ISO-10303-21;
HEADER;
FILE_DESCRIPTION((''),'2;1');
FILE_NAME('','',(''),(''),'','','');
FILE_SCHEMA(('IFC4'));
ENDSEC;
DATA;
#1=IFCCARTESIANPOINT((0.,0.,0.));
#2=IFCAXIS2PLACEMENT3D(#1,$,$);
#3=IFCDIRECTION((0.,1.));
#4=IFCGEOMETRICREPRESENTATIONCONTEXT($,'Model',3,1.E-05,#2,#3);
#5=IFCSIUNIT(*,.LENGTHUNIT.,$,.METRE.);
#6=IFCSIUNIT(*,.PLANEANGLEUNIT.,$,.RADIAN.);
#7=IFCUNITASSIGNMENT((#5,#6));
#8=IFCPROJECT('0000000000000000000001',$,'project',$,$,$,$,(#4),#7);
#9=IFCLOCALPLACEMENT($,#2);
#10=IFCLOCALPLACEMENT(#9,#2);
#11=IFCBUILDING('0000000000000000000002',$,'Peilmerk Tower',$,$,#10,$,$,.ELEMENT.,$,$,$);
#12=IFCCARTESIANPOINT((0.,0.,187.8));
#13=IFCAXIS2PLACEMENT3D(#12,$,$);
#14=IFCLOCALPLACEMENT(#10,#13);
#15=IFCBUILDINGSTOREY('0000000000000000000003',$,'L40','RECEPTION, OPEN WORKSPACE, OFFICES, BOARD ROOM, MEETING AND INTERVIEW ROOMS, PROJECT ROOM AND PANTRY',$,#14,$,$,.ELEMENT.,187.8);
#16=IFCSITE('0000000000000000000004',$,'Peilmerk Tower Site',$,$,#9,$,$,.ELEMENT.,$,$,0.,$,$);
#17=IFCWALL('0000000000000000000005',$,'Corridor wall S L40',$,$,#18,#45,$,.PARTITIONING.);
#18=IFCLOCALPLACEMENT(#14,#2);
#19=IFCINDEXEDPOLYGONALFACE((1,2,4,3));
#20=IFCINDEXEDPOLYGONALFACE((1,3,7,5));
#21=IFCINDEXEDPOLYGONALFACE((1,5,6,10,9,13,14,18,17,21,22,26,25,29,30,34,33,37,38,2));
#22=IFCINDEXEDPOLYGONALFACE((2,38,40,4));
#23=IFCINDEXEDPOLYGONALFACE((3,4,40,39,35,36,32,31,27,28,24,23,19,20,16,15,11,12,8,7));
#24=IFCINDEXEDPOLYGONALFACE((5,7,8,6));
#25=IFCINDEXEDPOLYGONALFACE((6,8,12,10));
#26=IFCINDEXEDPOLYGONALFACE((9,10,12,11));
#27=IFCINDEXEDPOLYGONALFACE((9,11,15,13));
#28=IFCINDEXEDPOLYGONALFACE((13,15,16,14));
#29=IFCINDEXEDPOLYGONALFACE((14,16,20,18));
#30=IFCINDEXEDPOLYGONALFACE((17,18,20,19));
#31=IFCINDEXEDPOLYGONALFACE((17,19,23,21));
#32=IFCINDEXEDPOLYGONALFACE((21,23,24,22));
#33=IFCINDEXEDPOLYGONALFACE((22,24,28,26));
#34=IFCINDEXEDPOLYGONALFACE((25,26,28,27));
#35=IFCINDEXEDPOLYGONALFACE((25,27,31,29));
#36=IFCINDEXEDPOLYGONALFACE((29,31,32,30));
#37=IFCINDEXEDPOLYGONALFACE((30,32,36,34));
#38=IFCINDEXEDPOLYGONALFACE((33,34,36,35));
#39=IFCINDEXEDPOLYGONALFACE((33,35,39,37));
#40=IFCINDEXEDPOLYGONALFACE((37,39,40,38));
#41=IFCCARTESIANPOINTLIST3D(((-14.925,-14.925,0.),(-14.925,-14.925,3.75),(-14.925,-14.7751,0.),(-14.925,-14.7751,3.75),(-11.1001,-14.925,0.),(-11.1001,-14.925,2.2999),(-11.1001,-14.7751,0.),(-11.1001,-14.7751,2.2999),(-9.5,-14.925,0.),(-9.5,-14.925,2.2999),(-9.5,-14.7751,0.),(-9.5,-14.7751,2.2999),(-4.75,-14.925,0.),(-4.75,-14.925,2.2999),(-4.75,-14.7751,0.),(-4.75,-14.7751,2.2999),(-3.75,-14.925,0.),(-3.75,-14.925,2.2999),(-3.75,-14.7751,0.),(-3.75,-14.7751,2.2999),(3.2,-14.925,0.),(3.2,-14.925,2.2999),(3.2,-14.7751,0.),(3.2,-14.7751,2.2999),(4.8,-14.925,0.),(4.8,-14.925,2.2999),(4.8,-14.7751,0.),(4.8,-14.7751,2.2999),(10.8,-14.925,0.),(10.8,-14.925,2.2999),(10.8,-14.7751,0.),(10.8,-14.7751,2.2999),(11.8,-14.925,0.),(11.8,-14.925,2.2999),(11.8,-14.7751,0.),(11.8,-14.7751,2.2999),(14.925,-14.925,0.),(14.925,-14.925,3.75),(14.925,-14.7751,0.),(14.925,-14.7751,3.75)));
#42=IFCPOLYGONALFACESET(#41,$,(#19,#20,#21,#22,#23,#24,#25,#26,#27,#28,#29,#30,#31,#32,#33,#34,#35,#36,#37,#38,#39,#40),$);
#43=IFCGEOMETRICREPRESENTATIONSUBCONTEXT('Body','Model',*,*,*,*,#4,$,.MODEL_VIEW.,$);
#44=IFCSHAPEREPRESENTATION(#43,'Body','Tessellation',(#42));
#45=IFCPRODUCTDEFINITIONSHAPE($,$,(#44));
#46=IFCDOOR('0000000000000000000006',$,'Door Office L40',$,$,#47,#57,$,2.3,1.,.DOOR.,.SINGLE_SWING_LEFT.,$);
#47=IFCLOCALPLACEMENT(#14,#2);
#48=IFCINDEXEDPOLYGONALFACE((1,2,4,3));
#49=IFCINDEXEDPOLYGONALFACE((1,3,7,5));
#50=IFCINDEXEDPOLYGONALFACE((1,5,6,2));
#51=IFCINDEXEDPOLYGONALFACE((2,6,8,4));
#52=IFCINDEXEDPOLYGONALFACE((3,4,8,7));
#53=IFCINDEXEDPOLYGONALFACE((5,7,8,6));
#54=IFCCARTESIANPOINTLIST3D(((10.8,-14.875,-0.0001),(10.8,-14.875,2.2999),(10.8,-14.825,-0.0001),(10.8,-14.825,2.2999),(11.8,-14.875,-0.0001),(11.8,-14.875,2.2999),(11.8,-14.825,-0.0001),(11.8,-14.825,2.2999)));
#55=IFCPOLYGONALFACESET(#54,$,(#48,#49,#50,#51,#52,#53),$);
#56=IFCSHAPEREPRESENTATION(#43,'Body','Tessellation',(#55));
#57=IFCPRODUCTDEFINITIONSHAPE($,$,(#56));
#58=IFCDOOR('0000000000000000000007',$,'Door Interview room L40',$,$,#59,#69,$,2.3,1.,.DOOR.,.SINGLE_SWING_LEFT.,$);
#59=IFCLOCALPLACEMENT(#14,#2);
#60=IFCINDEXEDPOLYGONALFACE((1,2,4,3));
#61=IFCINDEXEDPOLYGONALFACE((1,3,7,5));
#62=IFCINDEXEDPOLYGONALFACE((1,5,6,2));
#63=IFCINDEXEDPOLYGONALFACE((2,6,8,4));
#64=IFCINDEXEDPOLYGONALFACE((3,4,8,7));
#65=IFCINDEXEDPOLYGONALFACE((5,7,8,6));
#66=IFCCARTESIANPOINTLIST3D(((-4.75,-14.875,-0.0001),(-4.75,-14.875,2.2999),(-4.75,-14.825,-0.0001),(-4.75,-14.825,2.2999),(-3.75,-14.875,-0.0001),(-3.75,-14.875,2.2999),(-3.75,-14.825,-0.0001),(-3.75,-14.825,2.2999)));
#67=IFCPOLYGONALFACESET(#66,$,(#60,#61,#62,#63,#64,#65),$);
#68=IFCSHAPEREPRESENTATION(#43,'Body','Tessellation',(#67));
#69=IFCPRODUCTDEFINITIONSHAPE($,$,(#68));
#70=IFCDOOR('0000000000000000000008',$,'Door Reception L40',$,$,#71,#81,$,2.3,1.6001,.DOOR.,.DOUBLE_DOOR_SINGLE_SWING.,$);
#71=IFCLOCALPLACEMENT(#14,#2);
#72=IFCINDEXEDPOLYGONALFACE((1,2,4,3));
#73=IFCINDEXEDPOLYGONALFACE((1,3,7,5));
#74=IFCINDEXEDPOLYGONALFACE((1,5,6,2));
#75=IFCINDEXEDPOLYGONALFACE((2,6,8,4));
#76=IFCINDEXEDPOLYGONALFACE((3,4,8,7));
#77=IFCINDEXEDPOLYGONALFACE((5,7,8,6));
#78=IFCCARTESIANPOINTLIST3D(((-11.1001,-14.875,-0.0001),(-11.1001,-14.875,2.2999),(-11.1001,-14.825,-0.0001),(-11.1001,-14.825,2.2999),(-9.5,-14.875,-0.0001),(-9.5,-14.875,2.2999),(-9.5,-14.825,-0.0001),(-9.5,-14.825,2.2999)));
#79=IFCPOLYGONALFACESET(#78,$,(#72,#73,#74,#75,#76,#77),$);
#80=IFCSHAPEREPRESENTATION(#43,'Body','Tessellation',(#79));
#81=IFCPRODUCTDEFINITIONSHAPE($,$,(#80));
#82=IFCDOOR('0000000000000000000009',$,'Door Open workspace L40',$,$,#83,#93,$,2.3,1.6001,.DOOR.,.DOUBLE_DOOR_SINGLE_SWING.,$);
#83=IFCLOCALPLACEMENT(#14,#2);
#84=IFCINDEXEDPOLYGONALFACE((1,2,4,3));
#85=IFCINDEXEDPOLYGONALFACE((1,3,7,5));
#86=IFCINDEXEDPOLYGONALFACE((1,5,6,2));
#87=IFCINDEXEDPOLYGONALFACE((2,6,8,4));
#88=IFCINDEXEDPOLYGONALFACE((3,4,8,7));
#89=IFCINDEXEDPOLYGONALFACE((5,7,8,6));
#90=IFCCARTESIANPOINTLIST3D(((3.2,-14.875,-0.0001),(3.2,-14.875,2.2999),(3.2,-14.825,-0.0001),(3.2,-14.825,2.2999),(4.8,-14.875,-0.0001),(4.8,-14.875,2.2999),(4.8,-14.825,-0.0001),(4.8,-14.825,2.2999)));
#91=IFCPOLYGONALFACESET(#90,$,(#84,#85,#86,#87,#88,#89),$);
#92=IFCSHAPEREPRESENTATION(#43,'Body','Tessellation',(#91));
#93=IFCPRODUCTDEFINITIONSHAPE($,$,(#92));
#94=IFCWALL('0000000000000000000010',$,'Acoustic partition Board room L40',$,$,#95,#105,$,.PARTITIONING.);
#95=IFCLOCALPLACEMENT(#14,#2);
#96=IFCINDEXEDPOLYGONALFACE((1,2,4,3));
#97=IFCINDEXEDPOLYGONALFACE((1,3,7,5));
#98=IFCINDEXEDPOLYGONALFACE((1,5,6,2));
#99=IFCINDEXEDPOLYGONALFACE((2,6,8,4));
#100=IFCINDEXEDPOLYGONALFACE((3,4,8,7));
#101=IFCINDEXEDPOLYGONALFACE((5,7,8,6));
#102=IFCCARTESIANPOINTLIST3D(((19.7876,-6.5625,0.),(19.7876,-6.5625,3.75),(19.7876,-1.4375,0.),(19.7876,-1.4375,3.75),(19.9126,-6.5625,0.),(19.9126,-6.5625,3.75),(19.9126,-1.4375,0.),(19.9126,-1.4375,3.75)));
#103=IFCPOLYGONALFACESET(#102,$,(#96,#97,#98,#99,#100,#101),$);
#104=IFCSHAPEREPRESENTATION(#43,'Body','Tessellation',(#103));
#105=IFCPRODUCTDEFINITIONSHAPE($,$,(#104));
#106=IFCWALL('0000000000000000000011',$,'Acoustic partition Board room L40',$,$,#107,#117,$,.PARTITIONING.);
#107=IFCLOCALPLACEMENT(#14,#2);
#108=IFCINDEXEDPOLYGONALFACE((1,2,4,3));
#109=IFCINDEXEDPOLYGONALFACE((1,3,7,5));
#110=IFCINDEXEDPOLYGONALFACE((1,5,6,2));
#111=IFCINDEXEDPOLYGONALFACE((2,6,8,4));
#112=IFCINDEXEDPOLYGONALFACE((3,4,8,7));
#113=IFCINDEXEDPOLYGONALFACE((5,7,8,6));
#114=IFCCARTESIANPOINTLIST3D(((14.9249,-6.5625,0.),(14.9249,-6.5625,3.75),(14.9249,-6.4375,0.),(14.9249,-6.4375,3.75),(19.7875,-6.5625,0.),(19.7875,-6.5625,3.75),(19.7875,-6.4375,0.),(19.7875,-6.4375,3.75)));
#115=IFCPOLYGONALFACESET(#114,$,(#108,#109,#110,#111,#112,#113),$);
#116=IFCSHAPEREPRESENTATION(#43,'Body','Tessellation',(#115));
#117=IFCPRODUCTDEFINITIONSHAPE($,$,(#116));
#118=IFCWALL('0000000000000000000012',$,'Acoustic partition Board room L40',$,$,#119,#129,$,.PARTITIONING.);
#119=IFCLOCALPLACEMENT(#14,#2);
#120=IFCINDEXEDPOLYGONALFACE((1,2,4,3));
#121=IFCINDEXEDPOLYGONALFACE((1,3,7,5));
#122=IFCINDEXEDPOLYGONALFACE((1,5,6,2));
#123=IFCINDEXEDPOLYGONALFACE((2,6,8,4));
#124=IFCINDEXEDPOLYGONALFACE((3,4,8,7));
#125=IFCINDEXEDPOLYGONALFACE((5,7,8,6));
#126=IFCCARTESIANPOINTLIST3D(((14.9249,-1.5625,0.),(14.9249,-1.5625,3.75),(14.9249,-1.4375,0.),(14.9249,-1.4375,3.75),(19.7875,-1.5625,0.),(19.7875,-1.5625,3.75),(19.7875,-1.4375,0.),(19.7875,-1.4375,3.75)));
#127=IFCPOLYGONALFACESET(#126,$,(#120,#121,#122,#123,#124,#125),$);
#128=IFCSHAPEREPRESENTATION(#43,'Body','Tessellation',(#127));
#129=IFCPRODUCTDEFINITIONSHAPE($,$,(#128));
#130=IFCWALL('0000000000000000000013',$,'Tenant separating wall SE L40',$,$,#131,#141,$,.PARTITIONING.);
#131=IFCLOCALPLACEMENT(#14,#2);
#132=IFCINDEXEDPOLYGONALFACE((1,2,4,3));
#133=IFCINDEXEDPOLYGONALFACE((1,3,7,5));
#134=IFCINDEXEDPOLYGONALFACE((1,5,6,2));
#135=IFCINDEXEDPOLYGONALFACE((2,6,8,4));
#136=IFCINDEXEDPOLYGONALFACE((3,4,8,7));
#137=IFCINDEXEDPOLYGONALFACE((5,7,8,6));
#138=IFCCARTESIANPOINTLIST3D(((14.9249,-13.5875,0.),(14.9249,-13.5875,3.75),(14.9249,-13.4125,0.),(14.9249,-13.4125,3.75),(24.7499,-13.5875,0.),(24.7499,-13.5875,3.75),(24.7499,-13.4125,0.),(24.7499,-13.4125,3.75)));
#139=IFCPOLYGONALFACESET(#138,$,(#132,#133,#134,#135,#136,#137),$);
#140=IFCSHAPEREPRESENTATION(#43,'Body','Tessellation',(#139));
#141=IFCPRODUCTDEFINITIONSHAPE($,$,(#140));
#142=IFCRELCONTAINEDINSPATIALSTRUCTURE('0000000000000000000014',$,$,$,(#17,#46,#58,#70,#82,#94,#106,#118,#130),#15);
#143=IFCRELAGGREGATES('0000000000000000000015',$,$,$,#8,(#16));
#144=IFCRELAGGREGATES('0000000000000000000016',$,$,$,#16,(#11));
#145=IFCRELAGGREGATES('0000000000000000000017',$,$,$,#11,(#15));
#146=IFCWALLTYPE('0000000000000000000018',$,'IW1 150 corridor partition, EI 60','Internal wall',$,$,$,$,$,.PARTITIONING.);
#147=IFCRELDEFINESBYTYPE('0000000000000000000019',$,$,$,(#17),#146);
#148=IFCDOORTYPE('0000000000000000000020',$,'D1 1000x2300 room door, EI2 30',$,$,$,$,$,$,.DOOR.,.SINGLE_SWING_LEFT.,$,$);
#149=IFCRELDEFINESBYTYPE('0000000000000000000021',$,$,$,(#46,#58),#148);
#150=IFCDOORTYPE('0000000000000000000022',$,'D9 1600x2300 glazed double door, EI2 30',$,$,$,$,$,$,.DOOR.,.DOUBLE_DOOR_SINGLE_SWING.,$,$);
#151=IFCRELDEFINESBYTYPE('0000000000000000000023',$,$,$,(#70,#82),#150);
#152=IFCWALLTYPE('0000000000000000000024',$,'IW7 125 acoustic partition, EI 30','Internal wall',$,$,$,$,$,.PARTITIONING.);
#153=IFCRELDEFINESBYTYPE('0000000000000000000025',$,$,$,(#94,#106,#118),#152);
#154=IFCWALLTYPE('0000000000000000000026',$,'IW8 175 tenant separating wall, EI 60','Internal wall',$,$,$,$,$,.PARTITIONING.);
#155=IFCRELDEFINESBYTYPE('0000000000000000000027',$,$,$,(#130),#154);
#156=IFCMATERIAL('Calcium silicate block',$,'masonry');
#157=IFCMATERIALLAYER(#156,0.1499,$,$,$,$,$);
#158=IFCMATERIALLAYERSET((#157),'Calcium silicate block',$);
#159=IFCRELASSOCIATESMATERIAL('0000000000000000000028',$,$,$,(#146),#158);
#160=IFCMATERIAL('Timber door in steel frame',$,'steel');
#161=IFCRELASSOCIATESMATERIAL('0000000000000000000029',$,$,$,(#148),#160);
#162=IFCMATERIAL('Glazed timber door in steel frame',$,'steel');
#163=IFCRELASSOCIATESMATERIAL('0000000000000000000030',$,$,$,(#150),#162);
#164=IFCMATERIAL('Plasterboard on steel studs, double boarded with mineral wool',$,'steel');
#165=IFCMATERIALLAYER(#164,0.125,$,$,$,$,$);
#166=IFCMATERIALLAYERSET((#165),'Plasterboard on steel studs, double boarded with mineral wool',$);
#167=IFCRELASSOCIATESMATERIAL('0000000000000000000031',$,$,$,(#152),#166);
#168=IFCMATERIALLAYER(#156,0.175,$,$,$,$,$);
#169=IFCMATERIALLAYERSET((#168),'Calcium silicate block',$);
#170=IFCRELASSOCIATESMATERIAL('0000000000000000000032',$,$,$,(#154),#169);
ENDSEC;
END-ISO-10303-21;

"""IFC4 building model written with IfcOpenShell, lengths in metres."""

from ifc_helpers import new_model, si_unit, direction, frame, frame_2d, origin, place, context, subcontext, project, spatial, rectangle, extrude, material, layer, layer_set, type_object, element, fill, save


model = new_model("IFC4")

# Units and contexts
model_context = context("Model", 3, precision=1e-05, world=origin(), true_north=direction((0.0, 1.0)))
body_context = subcontext(model_context, "Body", "Model", "MODEL_VIEW")
ifc_project = project(units=[si_unit("LENGTHUNIT", "METRE"), si_unit("PLANEANGLEUNIT", "RADIAN")], contexts=[model_context])

# Site, building, storey
site_placement = place(None, origin())
site = spatial("IfcSite", under=ifc_project, at=site_placement, Name="Peilmerk Tower Site", CompositionType="ELEMENT", RefElevation=0.0)
building_placement = place(site_placement, origin())
building = spatial("IfcBuilding", under=site, at=building_placement, Name="Peilmerk Tower", CompositionType="ELEMENT")
storey_placement = place(building_placement, frame((0.0, 0.0, 187.8)))
storey = spatial("IfcBuildingStorey", under=building, at=storey_placement, Name="L40", Description="RECEPTION, OPEN WORKSPACE, OFFICES, BOARD ROOM, MEETING AND INTERVIEW ROOMS, PROJECT ROOM AND PANTRY", CompositionType="ELEMENT", Elevation=187.8)

# Wall, openings, doors
ifc_material_1 = material(Name="Calcium silicate block", Category="masonry")
ifc_layer_1 = layer(ifc_material_1, 0.1499)
ifc_layer_set_1 = layer_set([ifc_layer_1], Name="Calcium silicate block")
wall_type_1 = type_object("IfcWallType", Name="IW1 150 corridor partition, EI 60", Description="Internal wall", PredefinedType="PARTITIONING", material=ifc_layer_set_1)
wall_1_placement = place(storey_placement, frame((14.925, -14.8501, 0.0), z_axis=(0.0, 0.0, 1.0), x_axis=(-1.0, 0.0, 0.0)))
wall_1 = element("IfcWall", 1, at=wall_1_placement, inside=storey, type_object=wall_type_1, Name="Corridor wall S L40", PredefinedType="PARTITIONING", context=body_context, shape_type="SweptSolid", body=[
    extrude(rectangle(XDim=29.8501, YDim=0.1499, at=frame_2d((14.925, 0.0))), origin(), (0.0, 0.0, 1.0), 3.75),
])
opening_1_placement = place(wall_1_placement, frame((24.425, 0.0, 0.0)))
opening_1 = element("IfcOpeningElement", 2, at=opening_1_placement, cuts=wall_1, PredefinedType="OPENING", context=body_context, shape_type="SweptSolid", body=[
    extrude(rectangle(XDim=1.6001, YDim=2.3, at=frame_2d((0.8, 1.1499))), frame((0.0, 0.085, 0.0), z_axis=(0.0, -1.0, 0.0), x_axis=(1.0, 0.0, 0.0)), (0.0, 0.0, 1.0), 0.1699),
])
opening_2_placement = place(wall_1_placement, frame((10.125, 0.0, 0.0)))
opening_2 = element("IfcOpeningElement", 3, at=opening_2_placement, cuts=wall_1, PredefinedType="OPENING", context=body_context, shape_type="SweptSolid", body=[
    extrude(rectangle(XDim=1.6001, YDim=2.3, at=frame_2d((0.8, 1.1499))), frame((0.0, 0.085, 0.0), z_axis=(0.0, -1.0, 0.0), x_axis=(1.0, 0.0, 0.0)), (0.0, 0.0, 1.0), 0.1699),
])
opening_3_placement = place(wall_1_placement, frame((3.125, 0.0, 0.0)))
opening_3 = element("IfcOpeningElement", 4, at=opening_3_placement, cuts=wall_1, PredefinedType="OPENING", context=body_context, shape_type="SweptSolid", body=[
    extrude(rectangle(XDim=1.0, YDim=2.3, at=frame_2d((0.5, 1.1499))), frame((0.0, 0.085, 0.0), z_axis=(0.0, -1.0, 0.0), x_axis=(1.0, 0.0, 0.0)), (0.0, 0.0, 1.0), 0.1699),
])
opening_4_placement = place(wall_1_placement, frame((18.675, 0.0, 0.0)))
opening_4 = element("IfcOpeningElement", 5, at=opening_4_placement, cuts=wall_1, PredefinedType="OPENING", context=body_context, shape_type="SweptSolid", body=[
    extrude(rectangle(XDim=1.0, YDim=2.3, at=frame_2d((0.5, 1.1499))), frame((0.0, 0.085, 0.0), z_axis=(0.0, -1.0, 0.0), x_axis=(1.0, 0.0, 0.0)), (0.0, 0.0, 1.0), 0.1699),
])
ifc_material_2 = material(Name="Timber door in steel frame", Category="steel")
door_type_1 = type_object("IfcDoorType", Name="D1 1000x2300 room door, EI2 30", OperationType="SINGLE_SWING_LEFT", PredefinedType="DOOR", material=ifc_material_2)
door_1_placement = place(opening_3_placement, origin())
door_1 = element("IfcDoor", 6, at=door_1_placement, inside=storey, type_object=door_type_1, Name="Door Office L40", OperationType="SINGLE_SWING_LEFT", OverallHeight=2.3, OverallWidth=1.0, PredefinedType="DOOR", context=body_context, shape_type="SweptSolid", body=[
    extrude(rectangle(XDim=1.0, YDim=2.3, at=frame_2d((0.5, 1.1499))), frame((0.0, 0.0249, 0.0), z_axis=(0.0, -1.0, 0.0), x_axis=(1.0, 0.0, 0.0)), (0.0, 0.0, 1.0), 0.05),
])
fill(opening_3, door_1)
door_2_placement = place(opening_4_placement, origin())
door_2 = element("IfcDoor", 7, at=door_2_placement, inside=storey, type_object=door_type_1, Name="Door Interview room L40", OperationType="SINGLE_SWING_LEFT", OverallHeight=2.3, OverallWidth=1.0, PredefinedType="DOOR", context=body_context, shape_type="SweptSolid", body=[
    extrude(rectangle(XDim=1.0, YDim=2.3, at=frame_2d((0.5, 1.1499))), frame((0.0, 0.0249, 0.0), z_axis=(0.0, -1.0, 0.0), x_axis=(1.0, 0.0, 0.0)), (0.0, 0.0, 1.0), 0.05),
])
fill(opening_4, door_2)
ifc_material_3 = material(Name="Glazed timber door in steel frame", Category="steel")
door_type_2 = type_object("IfcDoorType", Name="D9 1600x2300 glazed double door, EI2 30", OperationType="DOUBLE_DOOR_SINGLE_SWING", PredefinedType="DOOR", material=ifc_material_3)
door_3_placement = place(opening_1_placement, origin())
door_3 = element("IfcDoor", 8, at=door_3_placement, inside=storey, type_object=door_type_2, Name="Door Reception L40", OperationType="DOUBLE_DOOR_SINGLE_SWING", OverallHeight=2.3, OverallWidth=1.6001, PredefinedType="DOOR", context=body_context, shape_type="SweptSolid", body=[
    extrude(rectangle(XDim=1.6001, YDim=2.3, at=frame_2d((0.8, 1.1499))), frame((0.0, 0.0249, 0.0), z_axis=(0.0, -1.0, 0.0), x_axis=(1.0, 0.0, 0.0)), (0.0, 0.0, 1.0), 0.05),
])
fill(opening_1, door_3)
door_4_placement = place(opening_2_placement, origin())
door_4 = element("IfcDoor", 9, at=door_4_placement, inside=storey, type_object=door_type_2, Name="Door Open workspace L40", OperationType="DOUBLE_DOOR_SINGLE_SWING", OverallHeight=2.3, OverallWidth=1.6001, PredefinedType="DOOR", context=body_context, shape_type="SweptSolid", body=[
    extrude(rectangle(XDim=1.6001, YDim=2.3, at=frame_2d((0.8, 1.1499))), frame((0.0, 0.0249, 0.0), z_axis=(0.0, -1.0, 0.0), x_axis=(1.0, 0.0, 0.0)), (0.0, 0.0, 1.0), 0.05),
])
fill(opening_2, door_4)

# Walls
ifc_material_4 = material(Name="Plasterboard on steel studs, double boarded with mineral wool", Category="steel")
ifc_layer_2 = layer(ifc_material_4, 0.125)
ifc_layer_set_2 = layer_set([ifc_layer_2], Name="Plasterboard on steel studs, double boarded with mineral wool")
wall_type_2 = type_object("IfcWallType", Name="IW7 125 acoustic partition, EI 30", Description="Internal wall", PredefinedType="PARTITIONING", material=ifc_layer_set_2)
wall_2_placement = place(storey_placement, frame((19.8501, -6.5625, 0.0), z_axis=(0.0, 0.0, 1.0), x_axis=(0.0, 1.0, 0.0)))
element("IfcWall", 10, at=wall_2_placement, inside=storey, type_object=wall_type_2, Name="Acoustic partition Board room L40", PredefinedType="PARTITIONING", context=body_context, shape_type="SweptSolid", body=[
    extrude(rectangle(XDim=5.125, YDim=0.125, at=frame_2d((2.5625, 0.0))), origin(), (0.0, 0.0, 1.0), 3.75),
])
for number, where, z_axis, x_axis, name in (
    (11, (14.925, -6.5, 0.0), (0.0, 0.0, 1.0), (1.0, 0.0, 0.0), "Acoustic partition Board room L40"),
    (12, (14.925, -1.5, 0.0), (0.0, 0.0, 1.0), (1.0, 0.0, 0.0), "Acoustic partition Board room L40"),
):
    element("IfcWall", number, at=place(storey_placement, frame(where, z_axis=z_axis, x_axis=x_axis)), inside=storey, type_object=wall_type_2, Name=name, PredefinedType="PARTITIONING", context=body_context, shape_type="SweptSolid", body=[
        extrude(rectangle(XDim=4.8625, YDim=0.125, at=frame_2d((2.4312, 0.0))), origin(), (0.0, 0.0, 1.0), 3.75),
    ])
ifc_layer_3 = layer(ifc_material_1, 0.175)
ifc_layer_set_3 = layer_set([ifc_layer_3], Name="Calcium silicate block")
wall_type_3 = type_object("IfcWallType", Name="IW8 175 tenant separating wall, EI 60", Description="Internal wall", PredefinedType="PARTITIONING", material=ifc_layer_set_3)
wall_3_placement = place(storey_placement, frame((24.75, -13.5, 0.0), z_axis=(0.0, 0.0, 1.0), x_axis=(-1.0, 0.0, 0.0)))
element("IfcWall", 13, at=wall_3_placement, inside=storey, type_object=wall_type_3, Name="Tenant separating wall SE L40", PredefinedType="PARTITIONING", context=body_context, shape_type="SweptSolid", body=[
    extrude(rectangle(XDim=9.825, YDim=0.175, at=frame_2d((4.9126, 0.0))), origin(), (0.0, 0.0, 1.0), 3.75),
])

save(model, "model.ifc")
